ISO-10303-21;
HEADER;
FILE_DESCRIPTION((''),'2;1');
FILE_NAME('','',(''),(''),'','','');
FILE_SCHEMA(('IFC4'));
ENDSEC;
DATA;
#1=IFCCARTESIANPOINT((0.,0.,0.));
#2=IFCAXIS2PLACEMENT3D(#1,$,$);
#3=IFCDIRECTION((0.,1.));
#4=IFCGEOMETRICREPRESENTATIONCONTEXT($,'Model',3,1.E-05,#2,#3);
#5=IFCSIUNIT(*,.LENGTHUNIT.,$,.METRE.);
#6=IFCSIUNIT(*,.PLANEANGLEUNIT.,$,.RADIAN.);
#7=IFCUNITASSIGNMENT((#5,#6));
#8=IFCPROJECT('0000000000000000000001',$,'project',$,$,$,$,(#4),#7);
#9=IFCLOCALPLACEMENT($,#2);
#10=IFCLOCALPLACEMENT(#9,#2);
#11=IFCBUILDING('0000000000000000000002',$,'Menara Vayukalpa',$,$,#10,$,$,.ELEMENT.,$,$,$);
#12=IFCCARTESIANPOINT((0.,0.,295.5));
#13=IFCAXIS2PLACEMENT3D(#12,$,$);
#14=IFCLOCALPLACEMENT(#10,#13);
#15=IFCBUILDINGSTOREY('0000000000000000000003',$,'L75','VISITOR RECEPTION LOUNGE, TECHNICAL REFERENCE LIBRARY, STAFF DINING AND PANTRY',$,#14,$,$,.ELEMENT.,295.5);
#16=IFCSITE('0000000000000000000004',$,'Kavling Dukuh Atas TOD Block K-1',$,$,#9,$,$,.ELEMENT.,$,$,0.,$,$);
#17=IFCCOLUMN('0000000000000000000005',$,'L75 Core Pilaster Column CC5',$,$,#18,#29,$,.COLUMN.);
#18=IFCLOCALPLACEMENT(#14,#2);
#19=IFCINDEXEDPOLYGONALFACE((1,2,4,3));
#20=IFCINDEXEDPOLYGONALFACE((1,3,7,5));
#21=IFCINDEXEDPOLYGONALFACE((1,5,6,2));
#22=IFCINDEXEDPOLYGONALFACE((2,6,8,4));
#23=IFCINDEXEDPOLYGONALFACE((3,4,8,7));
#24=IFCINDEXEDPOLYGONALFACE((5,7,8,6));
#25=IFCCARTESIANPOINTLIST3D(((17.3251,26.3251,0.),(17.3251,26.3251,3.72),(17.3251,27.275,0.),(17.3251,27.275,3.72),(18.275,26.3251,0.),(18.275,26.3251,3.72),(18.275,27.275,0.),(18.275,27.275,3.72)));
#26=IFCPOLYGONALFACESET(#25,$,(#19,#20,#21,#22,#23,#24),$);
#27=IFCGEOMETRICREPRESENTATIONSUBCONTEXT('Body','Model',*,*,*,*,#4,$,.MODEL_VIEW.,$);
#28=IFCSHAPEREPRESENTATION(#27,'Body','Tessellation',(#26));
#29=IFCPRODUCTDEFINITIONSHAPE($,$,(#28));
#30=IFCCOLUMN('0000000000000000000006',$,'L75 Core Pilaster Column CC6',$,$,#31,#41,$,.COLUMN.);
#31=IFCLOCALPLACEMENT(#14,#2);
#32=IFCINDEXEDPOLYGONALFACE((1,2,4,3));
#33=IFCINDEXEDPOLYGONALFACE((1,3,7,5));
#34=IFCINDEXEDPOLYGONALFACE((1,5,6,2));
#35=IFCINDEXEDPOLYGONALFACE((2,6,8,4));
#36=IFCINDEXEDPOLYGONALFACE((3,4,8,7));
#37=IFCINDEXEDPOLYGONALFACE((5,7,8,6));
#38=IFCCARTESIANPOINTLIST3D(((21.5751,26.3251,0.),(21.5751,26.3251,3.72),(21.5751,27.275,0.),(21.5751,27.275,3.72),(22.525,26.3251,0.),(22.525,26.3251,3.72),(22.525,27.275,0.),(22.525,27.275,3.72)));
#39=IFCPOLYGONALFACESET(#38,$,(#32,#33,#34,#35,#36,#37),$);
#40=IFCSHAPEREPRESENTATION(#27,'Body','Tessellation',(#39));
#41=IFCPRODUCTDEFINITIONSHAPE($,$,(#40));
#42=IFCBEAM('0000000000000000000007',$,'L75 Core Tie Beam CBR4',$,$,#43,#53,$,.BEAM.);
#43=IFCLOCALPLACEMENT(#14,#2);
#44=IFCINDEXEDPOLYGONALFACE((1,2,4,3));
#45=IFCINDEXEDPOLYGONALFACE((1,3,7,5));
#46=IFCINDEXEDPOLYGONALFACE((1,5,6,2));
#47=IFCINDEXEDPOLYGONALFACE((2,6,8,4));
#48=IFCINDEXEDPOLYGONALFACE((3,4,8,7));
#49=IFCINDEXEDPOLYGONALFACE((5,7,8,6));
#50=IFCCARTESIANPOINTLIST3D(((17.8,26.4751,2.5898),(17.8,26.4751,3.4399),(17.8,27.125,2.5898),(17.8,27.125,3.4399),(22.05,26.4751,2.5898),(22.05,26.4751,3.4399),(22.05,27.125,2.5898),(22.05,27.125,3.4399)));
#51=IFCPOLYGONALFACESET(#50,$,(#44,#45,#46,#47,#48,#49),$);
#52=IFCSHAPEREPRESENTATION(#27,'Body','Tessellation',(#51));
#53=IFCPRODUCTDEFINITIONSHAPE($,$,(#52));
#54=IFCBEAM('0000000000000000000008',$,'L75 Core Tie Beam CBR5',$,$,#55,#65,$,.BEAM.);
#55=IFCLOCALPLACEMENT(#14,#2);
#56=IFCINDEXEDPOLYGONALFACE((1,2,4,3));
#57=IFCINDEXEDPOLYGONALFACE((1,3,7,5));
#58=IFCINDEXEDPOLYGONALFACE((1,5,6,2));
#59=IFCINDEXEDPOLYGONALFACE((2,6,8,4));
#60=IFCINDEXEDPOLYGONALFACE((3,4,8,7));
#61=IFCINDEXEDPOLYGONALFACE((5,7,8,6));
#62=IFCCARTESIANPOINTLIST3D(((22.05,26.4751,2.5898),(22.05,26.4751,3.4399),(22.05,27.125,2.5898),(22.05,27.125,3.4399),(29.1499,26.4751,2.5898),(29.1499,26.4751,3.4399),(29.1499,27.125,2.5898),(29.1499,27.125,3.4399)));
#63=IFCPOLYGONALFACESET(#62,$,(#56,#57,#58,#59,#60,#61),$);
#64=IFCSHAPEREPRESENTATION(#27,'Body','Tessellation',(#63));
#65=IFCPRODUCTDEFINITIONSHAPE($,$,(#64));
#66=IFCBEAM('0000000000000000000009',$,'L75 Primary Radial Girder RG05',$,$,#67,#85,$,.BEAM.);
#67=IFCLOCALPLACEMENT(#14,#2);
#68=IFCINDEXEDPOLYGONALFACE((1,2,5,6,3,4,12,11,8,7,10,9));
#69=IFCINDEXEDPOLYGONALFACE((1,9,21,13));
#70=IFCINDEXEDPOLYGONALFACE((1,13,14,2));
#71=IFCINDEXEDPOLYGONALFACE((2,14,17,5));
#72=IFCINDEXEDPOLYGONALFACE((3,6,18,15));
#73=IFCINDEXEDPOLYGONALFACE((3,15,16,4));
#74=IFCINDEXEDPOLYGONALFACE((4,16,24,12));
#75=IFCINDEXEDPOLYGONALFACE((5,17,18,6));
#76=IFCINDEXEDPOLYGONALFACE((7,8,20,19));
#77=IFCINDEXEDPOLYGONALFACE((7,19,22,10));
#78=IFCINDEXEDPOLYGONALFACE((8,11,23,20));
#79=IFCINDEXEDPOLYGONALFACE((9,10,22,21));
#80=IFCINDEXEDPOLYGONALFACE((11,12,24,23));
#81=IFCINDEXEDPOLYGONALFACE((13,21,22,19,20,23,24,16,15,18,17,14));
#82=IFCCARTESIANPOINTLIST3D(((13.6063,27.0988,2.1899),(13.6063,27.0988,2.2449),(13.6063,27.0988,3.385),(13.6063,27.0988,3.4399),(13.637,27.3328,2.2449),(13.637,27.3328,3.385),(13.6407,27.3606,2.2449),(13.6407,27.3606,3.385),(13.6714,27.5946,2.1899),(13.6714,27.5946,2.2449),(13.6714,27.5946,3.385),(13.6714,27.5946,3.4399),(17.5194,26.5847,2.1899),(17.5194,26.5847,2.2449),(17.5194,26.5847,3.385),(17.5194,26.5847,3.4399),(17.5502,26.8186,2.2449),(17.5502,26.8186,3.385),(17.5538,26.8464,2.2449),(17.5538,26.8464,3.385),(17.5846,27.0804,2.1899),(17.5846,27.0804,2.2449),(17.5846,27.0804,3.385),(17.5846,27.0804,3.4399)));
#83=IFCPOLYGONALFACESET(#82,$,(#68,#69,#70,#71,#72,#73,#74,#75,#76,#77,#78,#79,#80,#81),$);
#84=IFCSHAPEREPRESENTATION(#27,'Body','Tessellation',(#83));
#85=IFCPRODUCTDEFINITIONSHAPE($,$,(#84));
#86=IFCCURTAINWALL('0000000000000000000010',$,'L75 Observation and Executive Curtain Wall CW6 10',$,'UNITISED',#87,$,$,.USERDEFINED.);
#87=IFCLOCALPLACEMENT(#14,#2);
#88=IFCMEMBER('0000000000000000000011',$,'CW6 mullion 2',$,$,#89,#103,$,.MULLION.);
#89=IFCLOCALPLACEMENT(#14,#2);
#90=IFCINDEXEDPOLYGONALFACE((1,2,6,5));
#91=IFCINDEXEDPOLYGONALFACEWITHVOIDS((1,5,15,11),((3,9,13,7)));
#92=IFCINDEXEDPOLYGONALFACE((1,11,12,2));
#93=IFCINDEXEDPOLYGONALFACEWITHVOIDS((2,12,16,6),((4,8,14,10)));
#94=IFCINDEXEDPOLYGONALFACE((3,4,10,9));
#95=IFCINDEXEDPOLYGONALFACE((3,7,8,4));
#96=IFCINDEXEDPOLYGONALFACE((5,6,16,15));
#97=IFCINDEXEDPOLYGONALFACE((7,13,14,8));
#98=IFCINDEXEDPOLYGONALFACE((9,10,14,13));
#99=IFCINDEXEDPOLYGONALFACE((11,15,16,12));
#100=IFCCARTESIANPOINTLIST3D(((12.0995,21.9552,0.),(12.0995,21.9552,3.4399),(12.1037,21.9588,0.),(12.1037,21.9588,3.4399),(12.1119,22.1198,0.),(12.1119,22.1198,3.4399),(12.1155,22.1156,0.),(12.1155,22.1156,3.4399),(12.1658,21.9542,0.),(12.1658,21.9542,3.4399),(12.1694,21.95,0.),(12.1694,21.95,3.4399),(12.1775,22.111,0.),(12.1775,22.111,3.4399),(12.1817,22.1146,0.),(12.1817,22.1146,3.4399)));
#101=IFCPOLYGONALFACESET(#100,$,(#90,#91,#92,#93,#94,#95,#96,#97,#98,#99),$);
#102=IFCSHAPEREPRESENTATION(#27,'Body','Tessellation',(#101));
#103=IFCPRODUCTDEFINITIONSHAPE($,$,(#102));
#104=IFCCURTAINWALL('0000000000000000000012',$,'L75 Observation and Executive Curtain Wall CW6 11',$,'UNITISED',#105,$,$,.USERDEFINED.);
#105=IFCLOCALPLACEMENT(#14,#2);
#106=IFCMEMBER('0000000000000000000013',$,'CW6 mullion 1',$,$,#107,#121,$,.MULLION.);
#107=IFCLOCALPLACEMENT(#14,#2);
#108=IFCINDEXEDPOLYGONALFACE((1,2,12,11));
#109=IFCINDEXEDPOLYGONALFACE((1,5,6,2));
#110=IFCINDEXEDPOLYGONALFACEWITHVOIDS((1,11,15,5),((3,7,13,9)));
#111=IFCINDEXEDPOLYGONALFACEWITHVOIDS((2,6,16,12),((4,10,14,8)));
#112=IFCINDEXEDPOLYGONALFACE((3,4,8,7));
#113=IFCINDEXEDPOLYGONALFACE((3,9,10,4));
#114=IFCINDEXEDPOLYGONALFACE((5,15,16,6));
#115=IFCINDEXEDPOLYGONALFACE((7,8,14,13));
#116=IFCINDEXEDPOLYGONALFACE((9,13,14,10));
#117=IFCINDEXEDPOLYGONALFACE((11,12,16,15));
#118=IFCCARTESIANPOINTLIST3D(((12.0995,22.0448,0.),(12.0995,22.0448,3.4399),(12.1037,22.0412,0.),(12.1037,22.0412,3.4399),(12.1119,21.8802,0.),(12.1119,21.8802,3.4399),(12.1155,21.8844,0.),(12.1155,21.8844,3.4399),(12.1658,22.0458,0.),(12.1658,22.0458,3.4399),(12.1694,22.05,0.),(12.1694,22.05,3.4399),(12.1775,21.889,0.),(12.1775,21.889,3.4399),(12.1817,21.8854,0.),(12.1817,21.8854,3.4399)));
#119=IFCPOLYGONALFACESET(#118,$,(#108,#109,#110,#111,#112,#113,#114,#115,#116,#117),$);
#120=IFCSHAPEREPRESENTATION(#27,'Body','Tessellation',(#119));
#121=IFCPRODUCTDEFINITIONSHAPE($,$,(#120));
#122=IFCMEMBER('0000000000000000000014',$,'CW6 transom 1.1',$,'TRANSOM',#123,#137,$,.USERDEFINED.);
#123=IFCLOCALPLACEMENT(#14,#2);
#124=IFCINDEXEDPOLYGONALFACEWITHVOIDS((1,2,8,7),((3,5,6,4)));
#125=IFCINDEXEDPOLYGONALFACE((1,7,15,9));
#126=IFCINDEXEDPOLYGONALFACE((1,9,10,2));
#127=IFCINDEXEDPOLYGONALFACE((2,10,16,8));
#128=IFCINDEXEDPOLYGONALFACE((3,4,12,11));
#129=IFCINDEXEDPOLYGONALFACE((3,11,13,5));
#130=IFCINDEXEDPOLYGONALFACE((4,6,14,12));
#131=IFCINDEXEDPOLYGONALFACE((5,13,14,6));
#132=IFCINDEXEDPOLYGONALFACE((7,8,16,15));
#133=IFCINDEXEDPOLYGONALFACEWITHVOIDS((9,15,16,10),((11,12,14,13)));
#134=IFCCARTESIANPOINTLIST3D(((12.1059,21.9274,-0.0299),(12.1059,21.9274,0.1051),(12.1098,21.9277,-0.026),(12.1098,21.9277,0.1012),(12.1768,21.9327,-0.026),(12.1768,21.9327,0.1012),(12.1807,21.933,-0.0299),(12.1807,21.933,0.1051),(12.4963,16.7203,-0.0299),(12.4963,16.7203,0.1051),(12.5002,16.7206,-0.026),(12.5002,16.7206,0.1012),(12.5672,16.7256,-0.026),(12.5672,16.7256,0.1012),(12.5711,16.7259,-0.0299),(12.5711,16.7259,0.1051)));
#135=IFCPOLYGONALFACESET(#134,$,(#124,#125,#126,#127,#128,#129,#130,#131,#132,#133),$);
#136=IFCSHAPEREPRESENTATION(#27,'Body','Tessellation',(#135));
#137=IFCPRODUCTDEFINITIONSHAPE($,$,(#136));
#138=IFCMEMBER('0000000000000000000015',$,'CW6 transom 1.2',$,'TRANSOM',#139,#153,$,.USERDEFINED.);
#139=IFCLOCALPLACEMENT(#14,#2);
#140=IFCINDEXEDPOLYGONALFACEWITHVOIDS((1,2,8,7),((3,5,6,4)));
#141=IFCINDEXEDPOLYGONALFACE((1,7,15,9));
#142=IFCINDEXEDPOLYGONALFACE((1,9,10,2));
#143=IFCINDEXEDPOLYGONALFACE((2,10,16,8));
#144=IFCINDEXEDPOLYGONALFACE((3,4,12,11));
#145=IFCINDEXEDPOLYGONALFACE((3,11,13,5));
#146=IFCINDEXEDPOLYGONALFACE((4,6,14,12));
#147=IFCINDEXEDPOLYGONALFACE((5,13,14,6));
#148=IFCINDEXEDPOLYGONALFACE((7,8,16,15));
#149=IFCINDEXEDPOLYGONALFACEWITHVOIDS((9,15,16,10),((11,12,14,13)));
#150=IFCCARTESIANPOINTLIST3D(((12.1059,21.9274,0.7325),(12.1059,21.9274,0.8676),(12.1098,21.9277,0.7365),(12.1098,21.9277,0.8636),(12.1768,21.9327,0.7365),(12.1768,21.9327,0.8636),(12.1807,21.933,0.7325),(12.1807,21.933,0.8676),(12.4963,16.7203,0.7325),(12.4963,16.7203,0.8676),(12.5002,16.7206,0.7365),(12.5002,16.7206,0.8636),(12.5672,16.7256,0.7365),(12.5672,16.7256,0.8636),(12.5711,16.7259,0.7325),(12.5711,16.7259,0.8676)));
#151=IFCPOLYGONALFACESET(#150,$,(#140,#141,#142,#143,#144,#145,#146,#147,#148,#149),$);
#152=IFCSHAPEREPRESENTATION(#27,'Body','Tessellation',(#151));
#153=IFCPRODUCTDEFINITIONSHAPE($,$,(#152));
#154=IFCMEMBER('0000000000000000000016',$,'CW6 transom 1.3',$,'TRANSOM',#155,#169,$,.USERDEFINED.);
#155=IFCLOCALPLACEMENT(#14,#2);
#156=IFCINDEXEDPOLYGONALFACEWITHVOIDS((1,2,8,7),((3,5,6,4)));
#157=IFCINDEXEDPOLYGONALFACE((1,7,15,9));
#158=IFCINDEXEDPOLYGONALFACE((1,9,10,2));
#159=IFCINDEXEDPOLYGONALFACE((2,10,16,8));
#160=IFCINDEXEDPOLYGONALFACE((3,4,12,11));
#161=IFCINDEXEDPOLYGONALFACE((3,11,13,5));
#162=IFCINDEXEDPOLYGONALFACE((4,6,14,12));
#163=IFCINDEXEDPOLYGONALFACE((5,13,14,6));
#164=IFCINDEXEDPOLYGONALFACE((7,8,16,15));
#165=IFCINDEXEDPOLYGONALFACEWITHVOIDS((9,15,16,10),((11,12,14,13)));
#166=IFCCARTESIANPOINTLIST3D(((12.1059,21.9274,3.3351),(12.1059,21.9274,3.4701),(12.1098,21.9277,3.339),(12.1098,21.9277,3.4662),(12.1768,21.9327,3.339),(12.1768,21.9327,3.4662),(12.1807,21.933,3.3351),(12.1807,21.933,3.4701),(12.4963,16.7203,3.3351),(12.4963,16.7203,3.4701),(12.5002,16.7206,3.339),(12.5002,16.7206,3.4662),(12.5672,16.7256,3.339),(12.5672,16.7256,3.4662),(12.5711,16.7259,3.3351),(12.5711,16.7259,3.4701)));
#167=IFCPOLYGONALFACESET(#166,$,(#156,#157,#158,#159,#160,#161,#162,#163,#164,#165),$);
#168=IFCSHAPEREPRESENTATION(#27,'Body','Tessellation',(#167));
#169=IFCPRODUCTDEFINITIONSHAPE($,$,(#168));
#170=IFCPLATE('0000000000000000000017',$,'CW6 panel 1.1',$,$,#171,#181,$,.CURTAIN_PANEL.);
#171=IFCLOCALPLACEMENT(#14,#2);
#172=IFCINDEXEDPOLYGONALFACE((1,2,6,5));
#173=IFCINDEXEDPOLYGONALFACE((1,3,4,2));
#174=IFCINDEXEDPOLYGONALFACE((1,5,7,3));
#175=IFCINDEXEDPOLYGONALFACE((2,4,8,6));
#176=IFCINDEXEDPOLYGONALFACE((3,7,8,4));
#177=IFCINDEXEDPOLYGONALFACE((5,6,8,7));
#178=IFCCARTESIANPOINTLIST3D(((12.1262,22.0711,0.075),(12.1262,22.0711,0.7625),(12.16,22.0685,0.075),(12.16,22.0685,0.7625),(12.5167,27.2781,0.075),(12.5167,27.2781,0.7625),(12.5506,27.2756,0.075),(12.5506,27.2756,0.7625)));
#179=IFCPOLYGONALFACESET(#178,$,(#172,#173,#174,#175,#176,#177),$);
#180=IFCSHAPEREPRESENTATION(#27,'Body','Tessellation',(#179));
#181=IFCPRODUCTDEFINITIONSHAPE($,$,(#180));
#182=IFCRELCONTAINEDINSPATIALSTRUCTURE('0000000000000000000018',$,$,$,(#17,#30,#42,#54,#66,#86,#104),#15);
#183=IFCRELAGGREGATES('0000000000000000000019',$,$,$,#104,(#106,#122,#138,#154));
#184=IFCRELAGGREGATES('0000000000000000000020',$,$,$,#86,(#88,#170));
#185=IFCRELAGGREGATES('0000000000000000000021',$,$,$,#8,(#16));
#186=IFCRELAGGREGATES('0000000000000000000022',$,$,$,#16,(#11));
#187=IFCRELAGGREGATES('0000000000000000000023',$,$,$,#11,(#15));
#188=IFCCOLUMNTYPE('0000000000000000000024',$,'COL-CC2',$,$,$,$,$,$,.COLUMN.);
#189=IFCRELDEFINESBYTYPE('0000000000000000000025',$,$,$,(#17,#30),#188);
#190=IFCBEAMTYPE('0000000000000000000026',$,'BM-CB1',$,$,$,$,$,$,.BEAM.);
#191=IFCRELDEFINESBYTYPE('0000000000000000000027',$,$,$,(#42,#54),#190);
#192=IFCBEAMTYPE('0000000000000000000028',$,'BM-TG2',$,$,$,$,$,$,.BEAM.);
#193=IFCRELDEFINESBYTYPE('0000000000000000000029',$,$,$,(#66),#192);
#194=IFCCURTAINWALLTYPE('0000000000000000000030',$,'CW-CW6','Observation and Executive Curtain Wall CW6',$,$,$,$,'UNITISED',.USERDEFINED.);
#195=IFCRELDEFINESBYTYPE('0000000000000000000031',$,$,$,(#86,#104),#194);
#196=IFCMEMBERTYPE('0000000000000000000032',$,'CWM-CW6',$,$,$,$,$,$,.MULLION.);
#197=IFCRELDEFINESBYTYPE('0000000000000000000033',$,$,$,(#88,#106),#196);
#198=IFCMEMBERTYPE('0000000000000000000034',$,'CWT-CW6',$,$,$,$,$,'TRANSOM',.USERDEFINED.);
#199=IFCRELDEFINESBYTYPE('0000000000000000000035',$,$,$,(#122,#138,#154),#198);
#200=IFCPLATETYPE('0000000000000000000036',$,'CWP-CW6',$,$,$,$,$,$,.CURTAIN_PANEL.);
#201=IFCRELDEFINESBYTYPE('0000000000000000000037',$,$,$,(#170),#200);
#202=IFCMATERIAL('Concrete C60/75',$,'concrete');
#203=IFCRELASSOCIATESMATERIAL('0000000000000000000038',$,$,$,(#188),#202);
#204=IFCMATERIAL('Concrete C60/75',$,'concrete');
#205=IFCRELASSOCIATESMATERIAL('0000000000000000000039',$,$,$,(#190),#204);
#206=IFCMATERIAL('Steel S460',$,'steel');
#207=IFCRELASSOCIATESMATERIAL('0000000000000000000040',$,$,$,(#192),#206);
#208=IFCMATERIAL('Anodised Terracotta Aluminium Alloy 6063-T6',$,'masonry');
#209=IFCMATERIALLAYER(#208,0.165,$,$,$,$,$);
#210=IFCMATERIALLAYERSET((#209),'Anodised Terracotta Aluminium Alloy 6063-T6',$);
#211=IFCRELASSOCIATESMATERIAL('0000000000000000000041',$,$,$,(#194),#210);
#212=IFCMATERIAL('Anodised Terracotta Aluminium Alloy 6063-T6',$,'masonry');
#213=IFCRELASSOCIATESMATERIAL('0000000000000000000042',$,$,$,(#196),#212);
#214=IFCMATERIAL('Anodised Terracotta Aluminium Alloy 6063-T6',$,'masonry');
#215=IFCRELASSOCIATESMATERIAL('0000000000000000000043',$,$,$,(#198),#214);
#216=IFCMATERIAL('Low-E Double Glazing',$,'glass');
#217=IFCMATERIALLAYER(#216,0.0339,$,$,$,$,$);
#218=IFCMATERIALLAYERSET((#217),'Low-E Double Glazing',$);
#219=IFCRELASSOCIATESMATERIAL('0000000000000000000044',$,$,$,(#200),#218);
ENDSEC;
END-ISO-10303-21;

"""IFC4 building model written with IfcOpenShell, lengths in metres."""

from ifc_helpers import new_model, si_unit, direction, frame, origin, origin_2d, place, context, subcontext, project, spatial, rectangle, hollow_rectangle, i_section, extrude, material, layer, layer_set, material_profile, profile_set, type_object, element, aggregate, save


model = new_model("IFC4")

# Units and contexts
model_context = context("Model", 3, precision=1e-05, world=origin(), true_north=direction((0.0, 1.0)))
body_context = subcontext(model_context, "Body", "Model", "MODEL_VIEW")
ifc_project = project(units=[si_unit("LENGTHUNIT", "METRE"), si_unit("PLANEANGLEUNIT", "RADIAN")], contexts=[model_context])

# Site, building, storey
site_placement = place(None, origin())
site = spatial("IfcSite", under=ifc_project, at=site_placement, Name="Kavling Dukuh Atas TOD Block K-1", CompositionType="ELEMENT", RefElevation=0.0)
building_placement = place(site_placement, origin())
building = spatial("IfcBuilding", under=site, at=building_placement, Name="Menara Vayukalpa", CompositionType="ELEMENT")
storey_placement = place(building_placement, frame((0.0, 0.0, 295.5)))
storey = spatial("IfcBuildingStorey", under=building, at=storey_placement, Name="L75", Description="VISITOR RECEPTION LOUNGE, TECHNICAL REFERENCE LIBRARY, STAFF DINING AND PANTRY", CompositionType="ELEMENT", Elevation=295.5)

# Columns
ifc_material_1 = material(Name="Concrete C60/75", Category="concrete")
ifc_material_profile_1 = material_profile(ifc_material_1, rectangle(XDim=0.95, YDim=0.95, at=origin_2d()), Name="RC 950x950")
ifc_profile_set_1 = profile_set([ifc_material_profile_1], Name="Concrete C60/75")
column_type = type_object("IfcColumnType", Name="COL-CC2", PredefinedType="COLUMN", material=ifc_profile_set_1)
for number, where, z_axis, x_axis, name in (
    (1, (17.8, 26.8, 0.0), (0.0, 0.0, 1.0), (1.0, 0.0, 0.0), "L75 Core Pilaster Column CC5"),
    (2, (22.05, 26.8, 0.0), (0.0, 0.0, 1.0), (1.0, 0.0, 0.0), "L75 Core Pilaster Column CC6"),
):
    element("IfcColumn", number, at=place(storey_placement, frame(where, z_axis=z_axis, x_axis=x_axis)), inside=storey, type_object=column_type, Name=name, PredefinedType="COLUMN", context=body_context, shape_type="SweptSolid", body=[
        extrude(rectangle(XDim=0.95, YDim=0.95, at=origin_2d()), origin(), (0.0, 0.0, 1.0), 3.72),
    ])

# Beams
ifc_material_2 = material(Name="Concrete C60/75", Category="concrete")
ifc_material_profile_2 = material_profile(ifc_material_2, rectangle(XDim=0.6499, YDim=0.8501, at=origin_2d()), Name="RC 650x850")
ifc_profile_set_2 = profile_set([ifc_material_profile_2], Name="Concrete C60/75")
beam_type_1 = type_object("IfcBeamType", Name="BM-CB1", PredefinedType="BEAM", material=ifc_profile_set_2)
beam_1_placement = place(storey_placement, frame((17.8, 26.8, 3.0149), z_axis=(1.0, 0.0, 0.0), x_axis=(0.0, 1.0, 0.0)))
element("IfcBeam", 3, at=beam_1_placement, inside=storey, type_object=beam_type_1, Name="L75 Core Tie Beam CBR4", PredefinedType="BEAM", context=body_context, shape_type="SweptSolid", body=[
    extrude(rectangle(XDim=0.6499, YDim=0.8501, at=origin_2d()), origin(), (0.0, 0.0, 1.0), 4.25),
])
beam_2_placement = place(storey_placement, frame((22.05, 26.8, 3.0149), z_axis=(1.0, 0.0, 0.0), x_axis=(0.0, 1.0, 0.0)))
element("IfcBeam", 4, at=beam_2_placement, inside=storey, type_object=beam_type_1, Name="L75 Core Tie Beam CBR5", PredefinedType="BEAM", context=body_context, shape_type="SweptSolid", body=[
    extrude(rectangle(XDim=0.6499, YDim=0.8501, at=origin_2d()), origin(), (0.0, 0.0, 1.0), 7.0999),
])
ifc_material_3 = material(Name="Steel S460", Category="steel")
ifc_material_profile_3 = material_profile(ifc_material_3, i_section(OverallWidth=0.5, OverallDepth=1.25, WebThickness=0.0281, FlangeThickness=0.0549, at=origin_2d()), Name="WG 1250x500x28x55")
ifc_profile_set_3 = profile_set([ifc_material_profile_3], Name="Steel S460")
beam_type_2 = type_object("IfcBeamType", Name="BM-TG2", PredefinedType="BEAM", material=ifc_profile_set_3)
beam_3_placement = place(storey_placement, frame((17.552, 26.8325, 2.8149), z_axis=(-0.991478, 0.130275, 0.0), x_axis=(-0.130275, -0.991478, 0.0)))
element("IfcBeam", 5, at=beam_3_placement, inside=storey, type_object=beam_type_2, Name="L75 Primary Radial Girder RG05", PredefinedType="BEAM", context=body_context, shape_type="SweptSolid", body=[
    extrude(i_section(OverallWidth=0.5, OverallDepth=1.25, WebThickness=0.0281, FlangeThickness=0.0549, at=origin_2d()), origin(), (0.0, 0.0, 1.0), 3.9468),
])

# Curtain wall, member
ifc_material_4 = material(Name="Anodised Terracotta Aluminium Alloy 6063-T6", Category="masonry")
ifc_layer_1 = layer(ifc_material_4, 0.165)
ifc_layer_set_1 = layer_set([ifc_layer_1], Name="Anodised Terracotta Aluminium Alloy 6063-T6")
curtain_wall_type = type_object("IfcCurtainWallType", Name="CW-CW6", Description="Observation and Executive Curtain Wall CW6", ElementType="UNITISED", PredefinedType="USERDEFINED", material=ifc_layer_set_1)
curtain_wall_1_placement = place(storey_placement, origin())
curtain_wall_1 = element("IfcCurtainWall", 6, at=curtain_wall_1_placement, inside=storey, type_object=curtain_wall_type, Name="L75 Observation and Executive Curtain Wall CW6 10", ObjectType="UNITISED", PredefinedType="USERDEFINED")
ifc_material_5 = material(Name="Anodised Terracotta Aluminium Alloy 6063-T6", Category="masonry")
ifc_material_profile_4 = material_profile(ifc_material_5, hollow_rectangle(XDim=0.0701, YDim=0.165, WallThickness=0.0039, at=origin_2d()), Name="ALU 70x165x4")
ifc_profile_set_4 = profile_set([ifc_material_profile_4], Name="Anodised Terracotta Aluminium Alloy 6063-T6")
member_type_1 = type_object("IfcMemberType", Name="CWM-CW6", PredefinedType="MULLION", material=ifc_profile_set_4)
member_1_placement = place(storey_placement, frame((12.1406, 22.0349, 0.0), z_axis=(0.0, 0.0, 1.0), x_axis=(0.997199, -0.074789, 0.0)))
member_1 = element("IfcMember", 7, at=member_1_placement, type_object=member_type_1, Name="CW6 mullion 2", PredefinedType="MULLION", context=body_context, shape_type="SweptSolid", body=[
    extrude(hollow_rectangle(XDim=0.0701, YDim=0.165, WallThickness=0.0039, at=origin_2d()), origin(), (0.0, 0.0, 1.0), 3.4399),
])

# Curtain wall, members
curtain_wall_2_placement = place(storey_placement, origin())
curtain_wall_2 = element("IfcCurtainWall", 8, at=curtain_wall_2_placement, inside=storey, type_object=curtain_wall_type, Name="L75 Observation and Executive Curtain Wall CW6 11", ObjectType="UNITISED", PredefinedType="USERDEFINED")
member_2_placement = place(storey_placement, frame((12.1406, 21.9651, 0.0), z_axis=(0.0, 0.0, 1.0), x_axis=(0.997199, 0.074789, 0.0)))
member_2 = element("IfcMember", 9, at=member_2_placement, type_object=member_type_1, Name="CW6 mullion 1", PredefinedType="MULLION", context=body_context, shape_type="SweptSolid", body=[
    extrude(hollow_rectangle(XDim=0.0701, YDim=0.165, WallThickness=0.0039, at=origin_2d()), origin(), (0.0, 0.0, 1.0), 3.4399),
])
ifc_material_6 = material(Name="Anodised Terracotta Aluminium Alloy 6063-T6", Category="masonry")
ifc_material_profile_5 = material_profile(ifc_material_6, hollow_rectangle(XDim=0.075, YDim=0.135, WallThickness=0.0039, at=origin_2d()), Name="ALU 75x135x4")
ifc_profile_set_5 = profile_set([ifc_material_profile_5], Name="Anodised Terracotta Aluminium Alloy 6063-T6")
member_type_2 = type_object("IfcMemberType", Name="CWT-CW6", ElementType="TRANSOM", PredefinedType="USERDEFINED", material=ifc_profile_set_5)
member_3_placement = place(storey_placement, frame((12.1433, 21.9302, 0.0376), z_axis=(0.074762, -0.997201, 0.0), x_axis=(0.997201, 0.074762, 0.0)))
member_3 = element("IfcMember", 10, at=member_3_placement, type_object=member_type_2, Name="CW6 transom 1.1", ObjectType="TRANSOM", PredefinedType="USERDEFINED", context=body_context, shape_type="SweptSolid", body=[
    extrude(hollow_rectangle(XDim=0.075, YDim=0.135, WallThickness=0.0039, at=origin_2d()), origin(), (0.0, 0.0, 1.0), 5.2217),
])
member_4_placement = place(storey_placement, frame((12.1433, 21.9302, 0.8), z_axis=(0.074762, -0.997201, 0.0), x_axis=(0.997201, 0.074762, 0.0)))
member_4 = element("IfcMember", 11, at=member_4_placement, type_object=member_type_2, Name="CW6 transom 1.2", ObjectType="TRANSOM", PredefinedType="USERDEFINED", context=body_context, shape_type="SweptSolid", body=[
    extrude(hollow_rectangle(XDim=0.075, YDim=0.135, WallThickness=0.0039, at=origin_2d()), origin(), (0.0, 0.0, 1.0), 5.2217),
])
member_5_placement = place(storey_placement, frame((12.1433, 21.9302, 3.4026), z_axis=(0.074762, -0.997201, 0.0), x_axis=(0.997201, 0.074762, 0.0)))
member_5 = element("IfcMember", 12, at=member_5_placement, type_object=member_type_2, Name="CW6 transom 1.3", ObjectType="TRANSOM", PredefinedType="USERDEFINED", context=body_context, shape_type="SweptSolid", body=[
    extrude(hollow_rectangle(XDim=0.075, YDim=0.135, WallThickness=0.0039, at=origin_2d()), origin(), (0.0, 0.0, 1.0), 5.2217),
])
aggregate(curtain_wall_2, [member_2, member_3, member_4, member_5])

# Plate
ifc_material_7 = material(Name="Low-E Double Glazing", Category="glass")
ifc_layer_2 = layer(ifc_material_7, 0.0339)
ifc_layer_set_2 = layer_set([ifc_layer_2], Name="Low-E Double Glazing")
plate_type = type_object("IfcPlateType", Name="CWP-CW6", PredefinedType="CURTAIN_PANEL", material=ifc_layer_set_2)
plate_1_placement = place(storey_placement, frame((12.3384, 24.6733, 0.075), z_axis=(0.0, 0.0, 1.0), x_axis=(-0.074789, -0.997199, 0.0)))
plate_1 = element("IfcPlate", 13, at=plate_1_placement, type_object=plate_type, Name="CW6 panel 1.1", PredefinedType="CURTAIN_PANEL", context=body_context, shape_type="SweptSolid", body=[
    extrude(rectangle(XDim=5.2217, YDim=0.0339, at=origin_2d()), origin(), (0.0, 0.0, 1.0), 0.6875),
])
aggregate(curtain_wall_1, [member_1, plate_1])

save(model, "model.ifc")
